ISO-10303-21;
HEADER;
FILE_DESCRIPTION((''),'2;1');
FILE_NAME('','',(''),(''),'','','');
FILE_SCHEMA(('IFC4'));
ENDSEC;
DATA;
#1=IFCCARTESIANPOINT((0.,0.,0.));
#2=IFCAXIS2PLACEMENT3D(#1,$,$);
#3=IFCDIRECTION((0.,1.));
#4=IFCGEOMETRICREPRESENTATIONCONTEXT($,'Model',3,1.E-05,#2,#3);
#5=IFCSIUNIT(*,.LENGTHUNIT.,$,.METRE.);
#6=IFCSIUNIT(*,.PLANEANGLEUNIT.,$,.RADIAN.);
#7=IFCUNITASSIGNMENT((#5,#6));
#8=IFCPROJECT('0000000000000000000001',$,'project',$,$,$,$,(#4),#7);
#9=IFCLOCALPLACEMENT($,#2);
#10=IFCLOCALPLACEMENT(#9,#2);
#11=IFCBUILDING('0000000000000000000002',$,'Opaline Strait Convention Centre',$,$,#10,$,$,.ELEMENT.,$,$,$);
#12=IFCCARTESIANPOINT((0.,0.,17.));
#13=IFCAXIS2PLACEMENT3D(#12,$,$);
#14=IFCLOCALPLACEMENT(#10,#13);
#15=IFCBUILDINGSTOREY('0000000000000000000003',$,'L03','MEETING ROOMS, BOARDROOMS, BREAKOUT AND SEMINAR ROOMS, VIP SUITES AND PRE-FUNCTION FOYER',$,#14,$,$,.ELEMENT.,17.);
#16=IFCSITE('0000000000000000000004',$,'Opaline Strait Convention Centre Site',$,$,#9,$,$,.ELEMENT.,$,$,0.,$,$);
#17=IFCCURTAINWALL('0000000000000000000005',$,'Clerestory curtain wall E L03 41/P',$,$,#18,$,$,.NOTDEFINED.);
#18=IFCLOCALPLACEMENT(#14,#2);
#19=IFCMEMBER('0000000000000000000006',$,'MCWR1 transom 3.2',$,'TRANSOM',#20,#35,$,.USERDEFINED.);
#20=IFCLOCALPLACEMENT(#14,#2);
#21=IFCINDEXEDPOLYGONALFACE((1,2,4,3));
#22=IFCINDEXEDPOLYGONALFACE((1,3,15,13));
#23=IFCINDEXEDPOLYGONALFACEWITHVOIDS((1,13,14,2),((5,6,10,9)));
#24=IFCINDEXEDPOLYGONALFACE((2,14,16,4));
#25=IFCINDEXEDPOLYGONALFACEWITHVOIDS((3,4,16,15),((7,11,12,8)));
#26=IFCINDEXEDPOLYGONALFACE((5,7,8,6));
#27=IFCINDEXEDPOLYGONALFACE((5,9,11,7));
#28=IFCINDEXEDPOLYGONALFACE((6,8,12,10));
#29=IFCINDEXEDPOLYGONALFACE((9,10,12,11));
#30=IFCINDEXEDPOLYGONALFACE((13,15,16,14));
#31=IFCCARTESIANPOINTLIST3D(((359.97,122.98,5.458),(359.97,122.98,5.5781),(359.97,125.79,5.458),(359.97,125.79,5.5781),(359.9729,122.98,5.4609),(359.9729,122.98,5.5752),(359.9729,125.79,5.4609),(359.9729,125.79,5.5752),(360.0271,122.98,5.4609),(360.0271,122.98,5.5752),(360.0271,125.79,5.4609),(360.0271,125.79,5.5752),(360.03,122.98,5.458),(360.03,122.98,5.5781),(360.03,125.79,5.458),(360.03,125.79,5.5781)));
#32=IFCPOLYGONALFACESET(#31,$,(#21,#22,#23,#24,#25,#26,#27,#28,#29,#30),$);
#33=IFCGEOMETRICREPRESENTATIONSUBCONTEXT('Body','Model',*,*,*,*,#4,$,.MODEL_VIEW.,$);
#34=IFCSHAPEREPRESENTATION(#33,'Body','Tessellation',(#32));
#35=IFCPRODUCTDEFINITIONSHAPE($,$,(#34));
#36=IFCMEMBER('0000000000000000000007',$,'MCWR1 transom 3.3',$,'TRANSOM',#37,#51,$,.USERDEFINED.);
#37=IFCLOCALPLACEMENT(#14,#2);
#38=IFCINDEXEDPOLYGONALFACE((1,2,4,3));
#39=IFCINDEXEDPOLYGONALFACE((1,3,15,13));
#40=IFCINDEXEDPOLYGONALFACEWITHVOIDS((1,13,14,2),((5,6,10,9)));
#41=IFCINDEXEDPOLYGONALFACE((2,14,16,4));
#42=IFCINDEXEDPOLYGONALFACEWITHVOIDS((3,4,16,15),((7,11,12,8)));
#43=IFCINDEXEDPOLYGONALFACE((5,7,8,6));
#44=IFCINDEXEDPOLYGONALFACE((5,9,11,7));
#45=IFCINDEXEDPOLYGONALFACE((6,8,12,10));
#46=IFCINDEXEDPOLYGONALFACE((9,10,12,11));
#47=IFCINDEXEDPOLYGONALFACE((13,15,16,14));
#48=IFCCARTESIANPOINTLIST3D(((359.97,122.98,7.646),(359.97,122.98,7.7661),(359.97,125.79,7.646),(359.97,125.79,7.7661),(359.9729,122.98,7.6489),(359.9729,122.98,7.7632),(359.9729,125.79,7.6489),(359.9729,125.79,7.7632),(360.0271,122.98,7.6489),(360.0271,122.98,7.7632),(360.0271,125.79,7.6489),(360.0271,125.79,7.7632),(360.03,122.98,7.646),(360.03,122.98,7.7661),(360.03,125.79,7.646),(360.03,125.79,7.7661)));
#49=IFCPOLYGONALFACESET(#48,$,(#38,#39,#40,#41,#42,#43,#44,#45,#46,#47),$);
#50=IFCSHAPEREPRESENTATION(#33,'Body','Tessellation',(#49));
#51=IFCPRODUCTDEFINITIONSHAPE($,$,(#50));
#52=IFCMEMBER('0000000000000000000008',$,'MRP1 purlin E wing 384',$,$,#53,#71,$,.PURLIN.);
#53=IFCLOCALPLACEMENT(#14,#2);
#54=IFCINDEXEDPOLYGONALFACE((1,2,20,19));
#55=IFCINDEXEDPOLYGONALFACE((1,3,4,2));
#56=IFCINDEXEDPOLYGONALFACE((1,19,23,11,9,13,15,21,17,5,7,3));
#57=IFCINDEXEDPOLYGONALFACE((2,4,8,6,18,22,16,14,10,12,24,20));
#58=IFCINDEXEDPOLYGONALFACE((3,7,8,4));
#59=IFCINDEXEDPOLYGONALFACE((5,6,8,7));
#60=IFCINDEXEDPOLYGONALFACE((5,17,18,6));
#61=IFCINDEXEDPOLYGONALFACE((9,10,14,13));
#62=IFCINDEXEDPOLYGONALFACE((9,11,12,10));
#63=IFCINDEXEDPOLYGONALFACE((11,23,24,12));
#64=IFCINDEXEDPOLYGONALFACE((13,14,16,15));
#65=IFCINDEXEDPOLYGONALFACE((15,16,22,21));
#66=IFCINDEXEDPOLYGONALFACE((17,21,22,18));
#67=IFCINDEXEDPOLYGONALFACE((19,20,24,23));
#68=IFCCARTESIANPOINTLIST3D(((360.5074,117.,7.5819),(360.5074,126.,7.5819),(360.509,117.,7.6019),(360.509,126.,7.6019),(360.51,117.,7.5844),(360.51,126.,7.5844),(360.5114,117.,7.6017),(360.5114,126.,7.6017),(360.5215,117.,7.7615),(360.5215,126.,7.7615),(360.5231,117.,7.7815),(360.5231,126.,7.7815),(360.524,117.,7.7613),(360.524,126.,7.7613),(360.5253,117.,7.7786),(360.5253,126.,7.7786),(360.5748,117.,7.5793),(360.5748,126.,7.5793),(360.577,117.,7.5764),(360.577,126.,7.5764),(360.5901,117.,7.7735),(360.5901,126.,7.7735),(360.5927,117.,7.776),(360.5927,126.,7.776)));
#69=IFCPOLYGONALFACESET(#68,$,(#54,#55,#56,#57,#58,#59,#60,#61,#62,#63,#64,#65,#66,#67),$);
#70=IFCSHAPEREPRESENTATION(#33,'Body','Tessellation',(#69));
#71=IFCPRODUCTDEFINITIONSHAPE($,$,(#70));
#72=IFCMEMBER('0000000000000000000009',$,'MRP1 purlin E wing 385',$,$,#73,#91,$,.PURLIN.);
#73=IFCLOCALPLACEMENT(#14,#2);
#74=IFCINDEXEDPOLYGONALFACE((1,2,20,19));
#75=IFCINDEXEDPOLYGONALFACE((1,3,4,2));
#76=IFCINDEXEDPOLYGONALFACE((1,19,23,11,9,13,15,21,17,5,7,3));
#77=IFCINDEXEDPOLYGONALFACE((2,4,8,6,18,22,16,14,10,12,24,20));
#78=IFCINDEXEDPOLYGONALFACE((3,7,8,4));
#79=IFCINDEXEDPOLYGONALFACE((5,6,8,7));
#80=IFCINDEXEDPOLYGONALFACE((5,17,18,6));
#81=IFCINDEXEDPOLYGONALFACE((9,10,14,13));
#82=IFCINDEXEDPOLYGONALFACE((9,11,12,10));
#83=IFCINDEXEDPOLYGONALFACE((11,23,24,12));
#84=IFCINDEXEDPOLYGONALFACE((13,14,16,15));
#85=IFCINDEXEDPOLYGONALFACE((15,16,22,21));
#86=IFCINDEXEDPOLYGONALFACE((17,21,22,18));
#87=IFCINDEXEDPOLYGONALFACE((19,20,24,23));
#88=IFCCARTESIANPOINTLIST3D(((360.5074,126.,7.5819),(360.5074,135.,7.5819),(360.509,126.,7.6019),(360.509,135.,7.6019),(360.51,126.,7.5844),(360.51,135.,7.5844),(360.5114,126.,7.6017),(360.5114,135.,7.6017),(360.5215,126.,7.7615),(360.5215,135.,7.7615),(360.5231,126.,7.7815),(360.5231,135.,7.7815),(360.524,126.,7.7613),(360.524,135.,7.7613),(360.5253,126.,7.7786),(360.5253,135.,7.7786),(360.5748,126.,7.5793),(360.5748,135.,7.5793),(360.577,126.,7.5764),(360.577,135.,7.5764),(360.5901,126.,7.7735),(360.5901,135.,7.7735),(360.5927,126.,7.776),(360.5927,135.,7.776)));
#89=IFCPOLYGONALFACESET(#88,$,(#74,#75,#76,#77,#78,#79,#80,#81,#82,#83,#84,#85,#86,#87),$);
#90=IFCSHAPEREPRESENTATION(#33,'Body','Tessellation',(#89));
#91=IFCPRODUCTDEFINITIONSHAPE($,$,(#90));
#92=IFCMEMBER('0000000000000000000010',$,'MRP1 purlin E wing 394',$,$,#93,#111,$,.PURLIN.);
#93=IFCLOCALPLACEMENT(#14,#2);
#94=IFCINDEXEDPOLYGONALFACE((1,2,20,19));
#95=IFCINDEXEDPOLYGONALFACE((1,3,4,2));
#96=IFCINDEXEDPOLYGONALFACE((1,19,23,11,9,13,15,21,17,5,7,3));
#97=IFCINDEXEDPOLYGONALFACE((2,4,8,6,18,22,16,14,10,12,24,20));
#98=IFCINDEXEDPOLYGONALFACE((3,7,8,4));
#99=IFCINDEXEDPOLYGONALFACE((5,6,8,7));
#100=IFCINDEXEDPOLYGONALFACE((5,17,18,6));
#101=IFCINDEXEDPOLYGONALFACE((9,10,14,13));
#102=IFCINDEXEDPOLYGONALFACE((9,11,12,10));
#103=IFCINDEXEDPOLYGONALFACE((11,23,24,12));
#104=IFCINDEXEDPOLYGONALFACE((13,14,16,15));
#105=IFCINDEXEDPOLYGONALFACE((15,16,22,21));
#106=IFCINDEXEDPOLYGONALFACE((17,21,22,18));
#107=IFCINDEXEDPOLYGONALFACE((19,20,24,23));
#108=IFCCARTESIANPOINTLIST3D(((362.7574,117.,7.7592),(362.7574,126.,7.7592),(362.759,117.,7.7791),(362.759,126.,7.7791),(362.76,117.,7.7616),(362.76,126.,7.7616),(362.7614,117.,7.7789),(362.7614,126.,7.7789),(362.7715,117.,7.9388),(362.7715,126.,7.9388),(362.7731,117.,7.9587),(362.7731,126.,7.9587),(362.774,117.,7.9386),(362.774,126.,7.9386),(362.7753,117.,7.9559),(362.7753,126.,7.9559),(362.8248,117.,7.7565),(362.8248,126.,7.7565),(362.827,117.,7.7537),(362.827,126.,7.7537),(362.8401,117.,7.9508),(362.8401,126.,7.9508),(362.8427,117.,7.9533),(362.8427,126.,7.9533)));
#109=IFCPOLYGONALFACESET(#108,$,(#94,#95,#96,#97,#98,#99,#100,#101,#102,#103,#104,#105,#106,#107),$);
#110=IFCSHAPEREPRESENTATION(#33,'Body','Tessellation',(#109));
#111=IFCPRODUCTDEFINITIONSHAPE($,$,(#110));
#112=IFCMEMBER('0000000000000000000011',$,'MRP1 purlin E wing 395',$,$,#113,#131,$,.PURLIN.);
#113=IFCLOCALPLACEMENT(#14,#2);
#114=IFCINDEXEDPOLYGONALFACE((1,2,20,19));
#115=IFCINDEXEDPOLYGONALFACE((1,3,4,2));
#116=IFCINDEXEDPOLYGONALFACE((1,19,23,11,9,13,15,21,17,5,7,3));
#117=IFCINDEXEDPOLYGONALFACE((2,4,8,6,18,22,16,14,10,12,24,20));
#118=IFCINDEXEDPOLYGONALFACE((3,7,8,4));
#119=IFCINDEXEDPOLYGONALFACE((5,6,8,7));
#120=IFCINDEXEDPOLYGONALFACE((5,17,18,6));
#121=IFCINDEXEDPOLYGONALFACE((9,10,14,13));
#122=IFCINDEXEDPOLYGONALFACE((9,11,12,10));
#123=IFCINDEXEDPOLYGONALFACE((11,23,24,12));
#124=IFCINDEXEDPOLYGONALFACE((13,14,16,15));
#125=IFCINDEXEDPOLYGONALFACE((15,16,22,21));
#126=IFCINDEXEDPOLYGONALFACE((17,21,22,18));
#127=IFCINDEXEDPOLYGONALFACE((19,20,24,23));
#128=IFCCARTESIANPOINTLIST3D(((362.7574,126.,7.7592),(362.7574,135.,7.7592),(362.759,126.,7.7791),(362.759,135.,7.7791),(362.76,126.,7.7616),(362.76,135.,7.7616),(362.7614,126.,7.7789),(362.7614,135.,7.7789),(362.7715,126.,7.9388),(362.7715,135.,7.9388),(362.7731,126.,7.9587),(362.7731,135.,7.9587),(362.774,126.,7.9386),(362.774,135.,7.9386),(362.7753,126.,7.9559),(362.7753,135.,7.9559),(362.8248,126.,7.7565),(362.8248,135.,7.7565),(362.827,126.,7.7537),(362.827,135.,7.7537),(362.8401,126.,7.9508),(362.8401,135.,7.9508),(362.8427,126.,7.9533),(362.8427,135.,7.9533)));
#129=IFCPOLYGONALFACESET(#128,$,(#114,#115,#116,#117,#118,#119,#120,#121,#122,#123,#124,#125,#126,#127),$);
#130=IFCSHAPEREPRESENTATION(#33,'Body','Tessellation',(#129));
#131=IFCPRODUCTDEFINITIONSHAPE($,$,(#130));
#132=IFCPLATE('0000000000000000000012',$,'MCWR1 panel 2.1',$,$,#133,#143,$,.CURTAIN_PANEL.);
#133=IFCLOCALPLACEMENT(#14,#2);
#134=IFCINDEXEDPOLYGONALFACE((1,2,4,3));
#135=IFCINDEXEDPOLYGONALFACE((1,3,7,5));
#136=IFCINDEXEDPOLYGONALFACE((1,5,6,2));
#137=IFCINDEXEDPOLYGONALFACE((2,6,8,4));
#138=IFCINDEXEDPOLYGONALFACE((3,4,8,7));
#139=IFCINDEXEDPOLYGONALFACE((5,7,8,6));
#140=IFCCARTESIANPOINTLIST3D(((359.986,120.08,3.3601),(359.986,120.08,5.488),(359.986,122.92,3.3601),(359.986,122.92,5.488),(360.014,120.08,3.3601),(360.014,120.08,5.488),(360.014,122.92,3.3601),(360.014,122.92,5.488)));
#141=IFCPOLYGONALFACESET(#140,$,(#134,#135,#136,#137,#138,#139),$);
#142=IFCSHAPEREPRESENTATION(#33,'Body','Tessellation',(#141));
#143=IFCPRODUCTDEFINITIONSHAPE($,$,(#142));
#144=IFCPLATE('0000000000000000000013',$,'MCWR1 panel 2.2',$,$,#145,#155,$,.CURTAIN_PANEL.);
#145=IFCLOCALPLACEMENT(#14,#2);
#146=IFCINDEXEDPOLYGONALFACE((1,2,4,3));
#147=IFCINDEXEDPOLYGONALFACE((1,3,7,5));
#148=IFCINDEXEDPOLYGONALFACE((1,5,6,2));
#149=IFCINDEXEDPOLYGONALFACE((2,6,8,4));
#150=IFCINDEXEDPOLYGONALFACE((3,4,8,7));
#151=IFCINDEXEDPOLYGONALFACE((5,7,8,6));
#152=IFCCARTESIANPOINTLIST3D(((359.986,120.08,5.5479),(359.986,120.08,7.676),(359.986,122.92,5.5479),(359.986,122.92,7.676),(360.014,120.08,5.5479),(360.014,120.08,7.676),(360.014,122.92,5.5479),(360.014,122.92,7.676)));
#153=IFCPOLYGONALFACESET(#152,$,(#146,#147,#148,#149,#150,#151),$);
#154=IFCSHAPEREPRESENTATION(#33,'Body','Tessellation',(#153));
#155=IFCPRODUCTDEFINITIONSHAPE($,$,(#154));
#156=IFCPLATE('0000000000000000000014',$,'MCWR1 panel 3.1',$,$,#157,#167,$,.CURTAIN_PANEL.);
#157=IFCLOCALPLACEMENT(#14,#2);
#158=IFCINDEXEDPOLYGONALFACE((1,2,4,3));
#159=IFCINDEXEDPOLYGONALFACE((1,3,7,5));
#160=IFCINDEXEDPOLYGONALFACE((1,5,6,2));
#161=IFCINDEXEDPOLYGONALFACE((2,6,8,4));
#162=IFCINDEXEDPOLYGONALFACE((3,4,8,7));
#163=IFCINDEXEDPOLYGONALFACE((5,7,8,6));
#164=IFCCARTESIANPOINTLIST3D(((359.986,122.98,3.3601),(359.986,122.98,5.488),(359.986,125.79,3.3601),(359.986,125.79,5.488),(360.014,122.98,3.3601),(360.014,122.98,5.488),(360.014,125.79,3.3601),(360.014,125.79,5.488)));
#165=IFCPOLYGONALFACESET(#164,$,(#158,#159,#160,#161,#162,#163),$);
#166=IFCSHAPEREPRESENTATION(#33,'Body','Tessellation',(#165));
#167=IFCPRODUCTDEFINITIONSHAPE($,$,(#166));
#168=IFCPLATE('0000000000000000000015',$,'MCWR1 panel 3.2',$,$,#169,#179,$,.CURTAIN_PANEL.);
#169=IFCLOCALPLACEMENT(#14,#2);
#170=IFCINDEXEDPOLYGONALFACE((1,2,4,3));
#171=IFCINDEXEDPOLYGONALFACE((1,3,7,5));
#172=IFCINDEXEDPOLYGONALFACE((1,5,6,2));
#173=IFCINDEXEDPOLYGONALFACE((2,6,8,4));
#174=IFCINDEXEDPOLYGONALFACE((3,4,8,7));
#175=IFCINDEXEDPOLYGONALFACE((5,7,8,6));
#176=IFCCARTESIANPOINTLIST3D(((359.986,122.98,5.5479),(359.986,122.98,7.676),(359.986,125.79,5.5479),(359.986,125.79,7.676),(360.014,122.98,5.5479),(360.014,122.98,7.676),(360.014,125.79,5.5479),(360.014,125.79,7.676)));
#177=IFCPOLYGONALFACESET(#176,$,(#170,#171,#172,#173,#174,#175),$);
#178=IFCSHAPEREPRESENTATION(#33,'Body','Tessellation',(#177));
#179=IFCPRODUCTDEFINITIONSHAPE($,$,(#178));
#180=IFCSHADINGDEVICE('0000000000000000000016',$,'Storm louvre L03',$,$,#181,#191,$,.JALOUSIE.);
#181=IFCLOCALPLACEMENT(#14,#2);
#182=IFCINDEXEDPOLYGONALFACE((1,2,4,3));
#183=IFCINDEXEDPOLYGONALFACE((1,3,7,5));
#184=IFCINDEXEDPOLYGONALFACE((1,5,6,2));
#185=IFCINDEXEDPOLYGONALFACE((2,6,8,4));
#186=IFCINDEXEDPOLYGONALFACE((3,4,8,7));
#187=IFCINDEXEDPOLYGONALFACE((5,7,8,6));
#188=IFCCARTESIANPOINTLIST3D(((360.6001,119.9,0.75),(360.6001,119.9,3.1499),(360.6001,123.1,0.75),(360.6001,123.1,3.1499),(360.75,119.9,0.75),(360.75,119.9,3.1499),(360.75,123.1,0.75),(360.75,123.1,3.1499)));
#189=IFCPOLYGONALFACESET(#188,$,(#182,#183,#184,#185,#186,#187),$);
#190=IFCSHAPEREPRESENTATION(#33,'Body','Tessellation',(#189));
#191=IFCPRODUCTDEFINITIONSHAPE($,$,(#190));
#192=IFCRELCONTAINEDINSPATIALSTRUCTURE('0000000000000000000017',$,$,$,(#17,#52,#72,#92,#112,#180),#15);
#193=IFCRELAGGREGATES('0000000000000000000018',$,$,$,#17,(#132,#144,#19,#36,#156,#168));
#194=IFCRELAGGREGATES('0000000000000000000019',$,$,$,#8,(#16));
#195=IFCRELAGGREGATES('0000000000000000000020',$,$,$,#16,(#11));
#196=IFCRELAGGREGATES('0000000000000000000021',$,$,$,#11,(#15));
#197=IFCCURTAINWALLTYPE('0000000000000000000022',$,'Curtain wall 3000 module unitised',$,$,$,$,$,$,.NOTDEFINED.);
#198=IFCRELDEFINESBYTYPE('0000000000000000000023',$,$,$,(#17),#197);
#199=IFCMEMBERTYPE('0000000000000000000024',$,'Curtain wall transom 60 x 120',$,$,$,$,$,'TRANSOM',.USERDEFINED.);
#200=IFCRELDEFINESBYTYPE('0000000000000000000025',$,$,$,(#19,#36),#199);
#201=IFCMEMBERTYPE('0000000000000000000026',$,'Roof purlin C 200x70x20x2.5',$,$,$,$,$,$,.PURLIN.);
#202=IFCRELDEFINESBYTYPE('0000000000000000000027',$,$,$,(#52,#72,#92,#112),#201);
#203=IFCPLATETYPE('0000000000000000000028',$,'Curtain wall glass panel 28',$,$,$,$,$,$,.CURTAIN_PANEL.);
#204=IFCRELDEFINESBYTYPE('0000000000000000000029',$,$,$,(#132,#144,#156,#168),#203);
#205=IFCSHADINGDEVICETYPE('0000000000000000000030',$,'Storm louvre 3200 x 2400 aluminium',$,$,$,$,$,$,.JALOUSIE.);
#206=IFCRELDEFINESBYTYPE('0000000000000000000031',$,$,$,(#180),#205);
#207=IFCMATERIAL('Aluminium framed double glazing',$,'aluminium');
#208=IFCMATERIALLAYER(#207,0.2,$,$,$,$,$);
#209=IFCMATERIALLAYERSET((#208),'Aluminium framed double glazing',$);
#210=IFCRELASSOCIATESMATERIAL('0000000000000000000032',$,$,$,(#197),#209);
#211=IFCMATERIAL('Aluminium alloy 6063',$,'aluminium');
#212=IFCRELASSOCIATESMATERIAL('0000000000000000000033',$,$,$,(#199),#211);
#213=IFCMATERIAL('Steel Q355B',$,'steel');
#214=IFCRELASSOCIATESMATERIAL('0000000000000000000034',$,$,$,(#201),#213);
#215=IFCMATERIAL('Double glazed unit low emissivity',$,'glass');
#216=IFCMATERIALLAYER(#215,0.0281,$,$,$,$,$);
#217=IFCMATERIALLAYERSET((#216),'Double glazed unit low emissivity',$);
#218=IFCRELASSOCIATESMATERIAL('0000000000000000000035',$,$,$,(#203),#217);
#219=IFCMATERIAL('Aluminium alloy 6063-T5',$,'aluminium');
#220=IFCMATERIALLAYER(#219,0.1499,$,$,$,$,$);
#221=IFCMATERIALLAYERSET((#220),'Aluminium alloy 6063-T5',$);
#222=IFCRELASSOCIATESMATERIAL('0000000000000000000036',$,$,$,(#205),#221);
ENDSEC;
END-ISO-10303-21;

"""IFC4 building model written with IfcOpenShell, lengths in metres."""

from ifc_helpers import new_model, si_unit, direction, frame, origin, origin_2d, place, context, subcontext, project, spatial, polyline, rectangle, hollow_rectangle, outline, extrude, material, layer, layer_set, material_profile, profile_set, type_object, element, aggregate, save


model = new_model("IFC4")

# Units and contexts
model_context = context("Model", 3, precision=1e-05, world=origin(), true_north=direction((0.0, 1.0)))
body_context = subcontext(model_context, "Body", "Model", "MODEL_VIEW")
ifc_project = project(units=[si_unit("LENGTHUNIT", "METRE"), si_unit("PLANEANGLEUNIT", "RADIAN")], contexts=[model_context])

# Site, building, storey
site_placement = place(None, origin())
site = spatial("IfcSite", under=ifc_project, at=site_placement, Name="Opaline Strait Convention Centre Site", CompositionType="ELEMENT", RefElevation=0.0)
building_placement = place(site_placement, origin())
building = spatial("IfcBuilding", under=site, at=building_placement, Name="Opaline Strait Convention Centre", CompositionType="ELEMENT")
storey_placement = place(building_placement, frame((0.0, 0.0, 17.0)))
storey = spatial("IfcBuildingStorey", under=building, at=storey_placement, Name="L03", Description="MEETING ROOMS, BOARDROOMS, BREAKOUT AND SEMINAR ROOMS, VIP SUITES AND PRE-FUNCTION FOYER", CompositionType="ELEMENT", Elevation=17.0)

# Shared definitions
ifc_material_1 = material(Name="Steel Q355B", Category="steel")

# Curtain wall, members
ifc_material_2 = material(Name="Aluminium framed double glazing", Category="aluminium")
ifc_layer_1 = layer(ifc_material_2, 0.2)
ifc_layer_set_1 = layer_set([ifc_layer_1], Name="Aluminium framed double glazing")
curtain_wall_type = type_object("IfcCurtainWallType", Name="Curtain wall 3000 module unitised", PredefinedType="NOTDEFINED", material=ifc_layer_set_1)
curtain_wall_placement = place(storey_placement, origin())
curtain_wall = element("IfcCurtainWall", 1, at=curtain_wall_placement, inside=storey, type_object=curtain_wall_type, Name="Clerestory curtain wall E L03 41/P", PredefinedType="NOTDEFINED")
ifc_material_3 = material(Name="Aluminium alloy 6063", Category="aluminium")
ifc_material_profile_1 = material_profile(ifc_material_3, hollow_rectangle(XDim=0.0601, YDim=0.1201, WallThickness=0.0029, at=origin_2d()), Name="TRANSOM 60x120x3")
ifc_profile_set_1 = profile_set([ifc_material_profile_1], Name="Aluminium alloy 6063")
member_type_1 = type_object("IfcMemberType", Name="Curtain wall transom 60 x 120", ElementType="TRANSOM", PredefinedType="USERDEFINED", material=ifc_profile_set_1)
member_1_placement = place(storey_placement, frame((360.0, 122.98, 5.5181), z_axis=(0.0, 1.0, 0.0), x_axis=(-1.0, 0.0, 0.0)))
member_1 = element("IfcMember", 2, at=member_1_placement, type_object=member_type_1, Name="MCWR1 transom 3.2", ObjectType="TRANSOM", PredefinedType="USERDEFINED", context=body_context, shape_type="SweptSolid", body=[
    extrude(hollow_rectangle(XDim=0.0601, YDim=0.1201, WallThickness=0.0029, at=origin_2d()), origin(), (0.0, 0.0, 1.0), 2.8101),
])
member_2_placement = place(storey_placement, frame((360.0, 122.98, 7.7061), z_axis=(0.0, 1.0, 0.0), x_axis=(-1.0, 0.0, 0.0)))
member_2 = element("IfcMember", 3, at=member_2_placement, type_object=member_type_1, Name="MCWR1 transom 3.3", ObjectType="TRANSOM", PredefinedType="USERDEFINED", context=body_context, shape_type="SweptSolid", body=[
    extrude(hollow_rectangle(XDim=0.0601, YDim=0.1201, WallThickness=0.0029, at=origin_2d()), origin(), (0.0, 0.0, 1.0), 2.8101),
])

# Members
ifc_material_profile_2 = material_profile(ifc_material_1, outline(polyline([(-0.0349, -0.1001), (0.0349, -0.1001), (0.0349, -0.0801), (0.0325, -0.0801), (0.0325, -0.0974), (-0.0325, -0.0974), (-0.0325, 0.0974), (0.0325, 0.0974), (0.0325, 0.0801), (0.0349, 0.0801), (0.0349, 0.1001), (-0.0349, 0.1001), (-0.0349, -0.1001)])), Name="C 200x70x20x2.5")
ifc_profile_set_2 = profile_set([ifc_material_profile_2], Name="Steel Q355B")
member_type_2 = type_object("IfcMemberType", Name="Roof purlin C 200x70x20x2.5", PredefinedType="PURLIN", material=ifc_profile_set_2)
for number, where, z_axis, x_axis, name in (
    (4, (360.55, 117.0, 7.679), (0.0, 1.0, 0.0), (-0.996917, 0.0, 0.078459), "MRP1 purlin E wing 384"),
    (5, (360.55, 126.0, 7.679), (0.0, 1.0, 0.0), (-0.996917, 0.0, 0.078459), "MRP1 purlin E wing 385"),
    (6, (362.8, 117.0, 7.8562), (0.0, 1.0, 0.0), (-0.996917, 0.0, 0.078459), "MRP1 purlin E wing 394"),
    (7, (362.8, 126.0, 7.8562), (0.0, 1.0, 0.0), (-0.996917, 0.0, 0.078459), "MRP1 purlin E wing 395"),
):
    element("IfcMember", number, at=place(storey_placement, frame(where, z_axis=z_axis, x_axis=x_axis)), inside=storey, type_object=member_type_2, Name=name, PredefinedType="PURLIN", context=body_context, shape_type="SweptSolid", body=[
        extrude(outline(polyline([(-0.0349, -0.1001), (0.0349, -0.1001), (0.0349, -0.0801), (0.0325, -0.0801), (0.0325, -0.0974), (-0.0325, -0.0974), (-0.0325, 0.0974), (0.0325, 0.0974), (0.0325, 0.0801), (0.0349, 0.0801), (0.0349, 0.1001), (-0.0349, 0.1001), (-0.0349, -0.1001)])), origin(), (0.0, 0.0, 1.0), 9.0),
    ])

# Plates
ifc_material_4 = material(Name="Double glazed unit low emissivity", Category="glass")
ifc_layer_2 = layer(ifc_material_4, 0.0281)
ifc_layer_set_2 = layer_set([ifc_layer_2], Name="Double glazed unit low emissivity")
plate_type = type_object("IfcPlateType", Name="Curtain wall glass panel 28", PredefinedType="CURTAIN_PANEL", material=ifc_layer_set_2)
plate_1_placement = place(storey_placement, frame((360.0, 121.5, 3.3601), z_axis=(0.0, 0.0, 1.0), x_axis=(0.0, 1.0, 0.0)))
plate_1 = element("IfcPlate", 8, at=plate_1_placement, type_object=plate_type, Name="MCWR1 panel 2.1", PredefinedType="CURTAIN_PANEL", context=body_context, shape_type="SweptSolid", body=[
    extrude(rectangle(XDim=2.8401, YDim=0.0281, at=origin_2d()), origin(), (0.0, 0.0, 1.0), 2.1279),
])
plate_2_placement = place(storey_placement, frame((360.0, 121.5, 5.5479), z_axis=(0.0, 0.0, 1.0), x_axis=(0.0, 1.0, 0.0)))
plate_2 = element("IfcPlate", 9, at=plate_2_placement, type_object=plate_type, Name="MCWR1 panel 2.2", PredefinedType="CURTAIN_PANEL", context=body_context, shape_type="SweptSolid", body=[
    extrude(rectangle(XDim=2.8401, YDim=0.0281, at=origin_2d()), origin(), (0.0, 0.0, 1.0), 2.1282),
])
plate_3_placement = place(storey_placement, frame((360.0, 124.385, 3.3601), z_axis=(0.0, 0.0, 1.0), x_axis=(0.0, 1.0, 0.0)))
plate_3 = element("IfcPlate", 10, at=plate_3_placement, type_object=plate_type, Name="MCWR1 panel 3.1", PredefinedType="CURTAIN_PANEL", context=body_context, shape_type="SweptSolid", body=[
    extrude(rectangle(XDim=2.8101, YDim=0.0281, at=origin_2d()), origin(), (0.0, 0.0, 1.0), 2.1279),
])
plate_4_placement = place(storey_placement, frame((360.0, 124.385, 5.5479), z_axis=(0.0, 0.0, 1.0), x_axis=(0.0, 1.0, 0.0)))
plate_4 = element("IfcPlate", 11, at=plate_4_placement, type_object=plate_type, Name="MCWR1 panel 3.2", PredefinedType="CURTAIN_PANEL", context=body_context, shape_type="SweptSolid", body=[
    extrude(rectangle(XDim=2.8101, YDim=0.0281, at=origin_2d()), origin(), (0.0, 0.0, 1.0), 2.1282),
])
aggregate(curtain_wall, [plate_1, plate_2, member_1, member_2, plate_3, plate_4])

# Shading device
ifc_material_5 = material(Name="Aluminium alloy 6063-T5", Category="aluminium")
ifc_layer_3 = layer(ifc_material_5, 0.1499)
ifc_layer_set_3 = layer_set([ifc_layer_3], Name="Aluminium alloy 6063-T5")
shading_device_type = type_object("IfcShadingDeviceType", Name="Storm louvre 3200 x 2400 aluminium", PredefinedType="JALOUSIE", material=ifc_layer_set_3)
shading_device_placement = place(storey_placement, frame((360.675, 121.5, 0.75), z_axis=(0.0, 0.0, 1.0), x_axis=(1.0, 0.0, 0.0)))
element("IfcShadingDevice", 12, at=shading_device_placement, inside=storey, type_object=shading_device_type, Name="Storm louvre L03", PredefinedType="JALOUSIE", context=body_context, shape_type="SweptSolid", body=[
    extrude(rectangle(XDim=0.1499, YDim=3.2, at=origin_2d()), origin(), (0.0, 0.0, 1.0), 2.3999),
])

save(model, "model.ifc")
